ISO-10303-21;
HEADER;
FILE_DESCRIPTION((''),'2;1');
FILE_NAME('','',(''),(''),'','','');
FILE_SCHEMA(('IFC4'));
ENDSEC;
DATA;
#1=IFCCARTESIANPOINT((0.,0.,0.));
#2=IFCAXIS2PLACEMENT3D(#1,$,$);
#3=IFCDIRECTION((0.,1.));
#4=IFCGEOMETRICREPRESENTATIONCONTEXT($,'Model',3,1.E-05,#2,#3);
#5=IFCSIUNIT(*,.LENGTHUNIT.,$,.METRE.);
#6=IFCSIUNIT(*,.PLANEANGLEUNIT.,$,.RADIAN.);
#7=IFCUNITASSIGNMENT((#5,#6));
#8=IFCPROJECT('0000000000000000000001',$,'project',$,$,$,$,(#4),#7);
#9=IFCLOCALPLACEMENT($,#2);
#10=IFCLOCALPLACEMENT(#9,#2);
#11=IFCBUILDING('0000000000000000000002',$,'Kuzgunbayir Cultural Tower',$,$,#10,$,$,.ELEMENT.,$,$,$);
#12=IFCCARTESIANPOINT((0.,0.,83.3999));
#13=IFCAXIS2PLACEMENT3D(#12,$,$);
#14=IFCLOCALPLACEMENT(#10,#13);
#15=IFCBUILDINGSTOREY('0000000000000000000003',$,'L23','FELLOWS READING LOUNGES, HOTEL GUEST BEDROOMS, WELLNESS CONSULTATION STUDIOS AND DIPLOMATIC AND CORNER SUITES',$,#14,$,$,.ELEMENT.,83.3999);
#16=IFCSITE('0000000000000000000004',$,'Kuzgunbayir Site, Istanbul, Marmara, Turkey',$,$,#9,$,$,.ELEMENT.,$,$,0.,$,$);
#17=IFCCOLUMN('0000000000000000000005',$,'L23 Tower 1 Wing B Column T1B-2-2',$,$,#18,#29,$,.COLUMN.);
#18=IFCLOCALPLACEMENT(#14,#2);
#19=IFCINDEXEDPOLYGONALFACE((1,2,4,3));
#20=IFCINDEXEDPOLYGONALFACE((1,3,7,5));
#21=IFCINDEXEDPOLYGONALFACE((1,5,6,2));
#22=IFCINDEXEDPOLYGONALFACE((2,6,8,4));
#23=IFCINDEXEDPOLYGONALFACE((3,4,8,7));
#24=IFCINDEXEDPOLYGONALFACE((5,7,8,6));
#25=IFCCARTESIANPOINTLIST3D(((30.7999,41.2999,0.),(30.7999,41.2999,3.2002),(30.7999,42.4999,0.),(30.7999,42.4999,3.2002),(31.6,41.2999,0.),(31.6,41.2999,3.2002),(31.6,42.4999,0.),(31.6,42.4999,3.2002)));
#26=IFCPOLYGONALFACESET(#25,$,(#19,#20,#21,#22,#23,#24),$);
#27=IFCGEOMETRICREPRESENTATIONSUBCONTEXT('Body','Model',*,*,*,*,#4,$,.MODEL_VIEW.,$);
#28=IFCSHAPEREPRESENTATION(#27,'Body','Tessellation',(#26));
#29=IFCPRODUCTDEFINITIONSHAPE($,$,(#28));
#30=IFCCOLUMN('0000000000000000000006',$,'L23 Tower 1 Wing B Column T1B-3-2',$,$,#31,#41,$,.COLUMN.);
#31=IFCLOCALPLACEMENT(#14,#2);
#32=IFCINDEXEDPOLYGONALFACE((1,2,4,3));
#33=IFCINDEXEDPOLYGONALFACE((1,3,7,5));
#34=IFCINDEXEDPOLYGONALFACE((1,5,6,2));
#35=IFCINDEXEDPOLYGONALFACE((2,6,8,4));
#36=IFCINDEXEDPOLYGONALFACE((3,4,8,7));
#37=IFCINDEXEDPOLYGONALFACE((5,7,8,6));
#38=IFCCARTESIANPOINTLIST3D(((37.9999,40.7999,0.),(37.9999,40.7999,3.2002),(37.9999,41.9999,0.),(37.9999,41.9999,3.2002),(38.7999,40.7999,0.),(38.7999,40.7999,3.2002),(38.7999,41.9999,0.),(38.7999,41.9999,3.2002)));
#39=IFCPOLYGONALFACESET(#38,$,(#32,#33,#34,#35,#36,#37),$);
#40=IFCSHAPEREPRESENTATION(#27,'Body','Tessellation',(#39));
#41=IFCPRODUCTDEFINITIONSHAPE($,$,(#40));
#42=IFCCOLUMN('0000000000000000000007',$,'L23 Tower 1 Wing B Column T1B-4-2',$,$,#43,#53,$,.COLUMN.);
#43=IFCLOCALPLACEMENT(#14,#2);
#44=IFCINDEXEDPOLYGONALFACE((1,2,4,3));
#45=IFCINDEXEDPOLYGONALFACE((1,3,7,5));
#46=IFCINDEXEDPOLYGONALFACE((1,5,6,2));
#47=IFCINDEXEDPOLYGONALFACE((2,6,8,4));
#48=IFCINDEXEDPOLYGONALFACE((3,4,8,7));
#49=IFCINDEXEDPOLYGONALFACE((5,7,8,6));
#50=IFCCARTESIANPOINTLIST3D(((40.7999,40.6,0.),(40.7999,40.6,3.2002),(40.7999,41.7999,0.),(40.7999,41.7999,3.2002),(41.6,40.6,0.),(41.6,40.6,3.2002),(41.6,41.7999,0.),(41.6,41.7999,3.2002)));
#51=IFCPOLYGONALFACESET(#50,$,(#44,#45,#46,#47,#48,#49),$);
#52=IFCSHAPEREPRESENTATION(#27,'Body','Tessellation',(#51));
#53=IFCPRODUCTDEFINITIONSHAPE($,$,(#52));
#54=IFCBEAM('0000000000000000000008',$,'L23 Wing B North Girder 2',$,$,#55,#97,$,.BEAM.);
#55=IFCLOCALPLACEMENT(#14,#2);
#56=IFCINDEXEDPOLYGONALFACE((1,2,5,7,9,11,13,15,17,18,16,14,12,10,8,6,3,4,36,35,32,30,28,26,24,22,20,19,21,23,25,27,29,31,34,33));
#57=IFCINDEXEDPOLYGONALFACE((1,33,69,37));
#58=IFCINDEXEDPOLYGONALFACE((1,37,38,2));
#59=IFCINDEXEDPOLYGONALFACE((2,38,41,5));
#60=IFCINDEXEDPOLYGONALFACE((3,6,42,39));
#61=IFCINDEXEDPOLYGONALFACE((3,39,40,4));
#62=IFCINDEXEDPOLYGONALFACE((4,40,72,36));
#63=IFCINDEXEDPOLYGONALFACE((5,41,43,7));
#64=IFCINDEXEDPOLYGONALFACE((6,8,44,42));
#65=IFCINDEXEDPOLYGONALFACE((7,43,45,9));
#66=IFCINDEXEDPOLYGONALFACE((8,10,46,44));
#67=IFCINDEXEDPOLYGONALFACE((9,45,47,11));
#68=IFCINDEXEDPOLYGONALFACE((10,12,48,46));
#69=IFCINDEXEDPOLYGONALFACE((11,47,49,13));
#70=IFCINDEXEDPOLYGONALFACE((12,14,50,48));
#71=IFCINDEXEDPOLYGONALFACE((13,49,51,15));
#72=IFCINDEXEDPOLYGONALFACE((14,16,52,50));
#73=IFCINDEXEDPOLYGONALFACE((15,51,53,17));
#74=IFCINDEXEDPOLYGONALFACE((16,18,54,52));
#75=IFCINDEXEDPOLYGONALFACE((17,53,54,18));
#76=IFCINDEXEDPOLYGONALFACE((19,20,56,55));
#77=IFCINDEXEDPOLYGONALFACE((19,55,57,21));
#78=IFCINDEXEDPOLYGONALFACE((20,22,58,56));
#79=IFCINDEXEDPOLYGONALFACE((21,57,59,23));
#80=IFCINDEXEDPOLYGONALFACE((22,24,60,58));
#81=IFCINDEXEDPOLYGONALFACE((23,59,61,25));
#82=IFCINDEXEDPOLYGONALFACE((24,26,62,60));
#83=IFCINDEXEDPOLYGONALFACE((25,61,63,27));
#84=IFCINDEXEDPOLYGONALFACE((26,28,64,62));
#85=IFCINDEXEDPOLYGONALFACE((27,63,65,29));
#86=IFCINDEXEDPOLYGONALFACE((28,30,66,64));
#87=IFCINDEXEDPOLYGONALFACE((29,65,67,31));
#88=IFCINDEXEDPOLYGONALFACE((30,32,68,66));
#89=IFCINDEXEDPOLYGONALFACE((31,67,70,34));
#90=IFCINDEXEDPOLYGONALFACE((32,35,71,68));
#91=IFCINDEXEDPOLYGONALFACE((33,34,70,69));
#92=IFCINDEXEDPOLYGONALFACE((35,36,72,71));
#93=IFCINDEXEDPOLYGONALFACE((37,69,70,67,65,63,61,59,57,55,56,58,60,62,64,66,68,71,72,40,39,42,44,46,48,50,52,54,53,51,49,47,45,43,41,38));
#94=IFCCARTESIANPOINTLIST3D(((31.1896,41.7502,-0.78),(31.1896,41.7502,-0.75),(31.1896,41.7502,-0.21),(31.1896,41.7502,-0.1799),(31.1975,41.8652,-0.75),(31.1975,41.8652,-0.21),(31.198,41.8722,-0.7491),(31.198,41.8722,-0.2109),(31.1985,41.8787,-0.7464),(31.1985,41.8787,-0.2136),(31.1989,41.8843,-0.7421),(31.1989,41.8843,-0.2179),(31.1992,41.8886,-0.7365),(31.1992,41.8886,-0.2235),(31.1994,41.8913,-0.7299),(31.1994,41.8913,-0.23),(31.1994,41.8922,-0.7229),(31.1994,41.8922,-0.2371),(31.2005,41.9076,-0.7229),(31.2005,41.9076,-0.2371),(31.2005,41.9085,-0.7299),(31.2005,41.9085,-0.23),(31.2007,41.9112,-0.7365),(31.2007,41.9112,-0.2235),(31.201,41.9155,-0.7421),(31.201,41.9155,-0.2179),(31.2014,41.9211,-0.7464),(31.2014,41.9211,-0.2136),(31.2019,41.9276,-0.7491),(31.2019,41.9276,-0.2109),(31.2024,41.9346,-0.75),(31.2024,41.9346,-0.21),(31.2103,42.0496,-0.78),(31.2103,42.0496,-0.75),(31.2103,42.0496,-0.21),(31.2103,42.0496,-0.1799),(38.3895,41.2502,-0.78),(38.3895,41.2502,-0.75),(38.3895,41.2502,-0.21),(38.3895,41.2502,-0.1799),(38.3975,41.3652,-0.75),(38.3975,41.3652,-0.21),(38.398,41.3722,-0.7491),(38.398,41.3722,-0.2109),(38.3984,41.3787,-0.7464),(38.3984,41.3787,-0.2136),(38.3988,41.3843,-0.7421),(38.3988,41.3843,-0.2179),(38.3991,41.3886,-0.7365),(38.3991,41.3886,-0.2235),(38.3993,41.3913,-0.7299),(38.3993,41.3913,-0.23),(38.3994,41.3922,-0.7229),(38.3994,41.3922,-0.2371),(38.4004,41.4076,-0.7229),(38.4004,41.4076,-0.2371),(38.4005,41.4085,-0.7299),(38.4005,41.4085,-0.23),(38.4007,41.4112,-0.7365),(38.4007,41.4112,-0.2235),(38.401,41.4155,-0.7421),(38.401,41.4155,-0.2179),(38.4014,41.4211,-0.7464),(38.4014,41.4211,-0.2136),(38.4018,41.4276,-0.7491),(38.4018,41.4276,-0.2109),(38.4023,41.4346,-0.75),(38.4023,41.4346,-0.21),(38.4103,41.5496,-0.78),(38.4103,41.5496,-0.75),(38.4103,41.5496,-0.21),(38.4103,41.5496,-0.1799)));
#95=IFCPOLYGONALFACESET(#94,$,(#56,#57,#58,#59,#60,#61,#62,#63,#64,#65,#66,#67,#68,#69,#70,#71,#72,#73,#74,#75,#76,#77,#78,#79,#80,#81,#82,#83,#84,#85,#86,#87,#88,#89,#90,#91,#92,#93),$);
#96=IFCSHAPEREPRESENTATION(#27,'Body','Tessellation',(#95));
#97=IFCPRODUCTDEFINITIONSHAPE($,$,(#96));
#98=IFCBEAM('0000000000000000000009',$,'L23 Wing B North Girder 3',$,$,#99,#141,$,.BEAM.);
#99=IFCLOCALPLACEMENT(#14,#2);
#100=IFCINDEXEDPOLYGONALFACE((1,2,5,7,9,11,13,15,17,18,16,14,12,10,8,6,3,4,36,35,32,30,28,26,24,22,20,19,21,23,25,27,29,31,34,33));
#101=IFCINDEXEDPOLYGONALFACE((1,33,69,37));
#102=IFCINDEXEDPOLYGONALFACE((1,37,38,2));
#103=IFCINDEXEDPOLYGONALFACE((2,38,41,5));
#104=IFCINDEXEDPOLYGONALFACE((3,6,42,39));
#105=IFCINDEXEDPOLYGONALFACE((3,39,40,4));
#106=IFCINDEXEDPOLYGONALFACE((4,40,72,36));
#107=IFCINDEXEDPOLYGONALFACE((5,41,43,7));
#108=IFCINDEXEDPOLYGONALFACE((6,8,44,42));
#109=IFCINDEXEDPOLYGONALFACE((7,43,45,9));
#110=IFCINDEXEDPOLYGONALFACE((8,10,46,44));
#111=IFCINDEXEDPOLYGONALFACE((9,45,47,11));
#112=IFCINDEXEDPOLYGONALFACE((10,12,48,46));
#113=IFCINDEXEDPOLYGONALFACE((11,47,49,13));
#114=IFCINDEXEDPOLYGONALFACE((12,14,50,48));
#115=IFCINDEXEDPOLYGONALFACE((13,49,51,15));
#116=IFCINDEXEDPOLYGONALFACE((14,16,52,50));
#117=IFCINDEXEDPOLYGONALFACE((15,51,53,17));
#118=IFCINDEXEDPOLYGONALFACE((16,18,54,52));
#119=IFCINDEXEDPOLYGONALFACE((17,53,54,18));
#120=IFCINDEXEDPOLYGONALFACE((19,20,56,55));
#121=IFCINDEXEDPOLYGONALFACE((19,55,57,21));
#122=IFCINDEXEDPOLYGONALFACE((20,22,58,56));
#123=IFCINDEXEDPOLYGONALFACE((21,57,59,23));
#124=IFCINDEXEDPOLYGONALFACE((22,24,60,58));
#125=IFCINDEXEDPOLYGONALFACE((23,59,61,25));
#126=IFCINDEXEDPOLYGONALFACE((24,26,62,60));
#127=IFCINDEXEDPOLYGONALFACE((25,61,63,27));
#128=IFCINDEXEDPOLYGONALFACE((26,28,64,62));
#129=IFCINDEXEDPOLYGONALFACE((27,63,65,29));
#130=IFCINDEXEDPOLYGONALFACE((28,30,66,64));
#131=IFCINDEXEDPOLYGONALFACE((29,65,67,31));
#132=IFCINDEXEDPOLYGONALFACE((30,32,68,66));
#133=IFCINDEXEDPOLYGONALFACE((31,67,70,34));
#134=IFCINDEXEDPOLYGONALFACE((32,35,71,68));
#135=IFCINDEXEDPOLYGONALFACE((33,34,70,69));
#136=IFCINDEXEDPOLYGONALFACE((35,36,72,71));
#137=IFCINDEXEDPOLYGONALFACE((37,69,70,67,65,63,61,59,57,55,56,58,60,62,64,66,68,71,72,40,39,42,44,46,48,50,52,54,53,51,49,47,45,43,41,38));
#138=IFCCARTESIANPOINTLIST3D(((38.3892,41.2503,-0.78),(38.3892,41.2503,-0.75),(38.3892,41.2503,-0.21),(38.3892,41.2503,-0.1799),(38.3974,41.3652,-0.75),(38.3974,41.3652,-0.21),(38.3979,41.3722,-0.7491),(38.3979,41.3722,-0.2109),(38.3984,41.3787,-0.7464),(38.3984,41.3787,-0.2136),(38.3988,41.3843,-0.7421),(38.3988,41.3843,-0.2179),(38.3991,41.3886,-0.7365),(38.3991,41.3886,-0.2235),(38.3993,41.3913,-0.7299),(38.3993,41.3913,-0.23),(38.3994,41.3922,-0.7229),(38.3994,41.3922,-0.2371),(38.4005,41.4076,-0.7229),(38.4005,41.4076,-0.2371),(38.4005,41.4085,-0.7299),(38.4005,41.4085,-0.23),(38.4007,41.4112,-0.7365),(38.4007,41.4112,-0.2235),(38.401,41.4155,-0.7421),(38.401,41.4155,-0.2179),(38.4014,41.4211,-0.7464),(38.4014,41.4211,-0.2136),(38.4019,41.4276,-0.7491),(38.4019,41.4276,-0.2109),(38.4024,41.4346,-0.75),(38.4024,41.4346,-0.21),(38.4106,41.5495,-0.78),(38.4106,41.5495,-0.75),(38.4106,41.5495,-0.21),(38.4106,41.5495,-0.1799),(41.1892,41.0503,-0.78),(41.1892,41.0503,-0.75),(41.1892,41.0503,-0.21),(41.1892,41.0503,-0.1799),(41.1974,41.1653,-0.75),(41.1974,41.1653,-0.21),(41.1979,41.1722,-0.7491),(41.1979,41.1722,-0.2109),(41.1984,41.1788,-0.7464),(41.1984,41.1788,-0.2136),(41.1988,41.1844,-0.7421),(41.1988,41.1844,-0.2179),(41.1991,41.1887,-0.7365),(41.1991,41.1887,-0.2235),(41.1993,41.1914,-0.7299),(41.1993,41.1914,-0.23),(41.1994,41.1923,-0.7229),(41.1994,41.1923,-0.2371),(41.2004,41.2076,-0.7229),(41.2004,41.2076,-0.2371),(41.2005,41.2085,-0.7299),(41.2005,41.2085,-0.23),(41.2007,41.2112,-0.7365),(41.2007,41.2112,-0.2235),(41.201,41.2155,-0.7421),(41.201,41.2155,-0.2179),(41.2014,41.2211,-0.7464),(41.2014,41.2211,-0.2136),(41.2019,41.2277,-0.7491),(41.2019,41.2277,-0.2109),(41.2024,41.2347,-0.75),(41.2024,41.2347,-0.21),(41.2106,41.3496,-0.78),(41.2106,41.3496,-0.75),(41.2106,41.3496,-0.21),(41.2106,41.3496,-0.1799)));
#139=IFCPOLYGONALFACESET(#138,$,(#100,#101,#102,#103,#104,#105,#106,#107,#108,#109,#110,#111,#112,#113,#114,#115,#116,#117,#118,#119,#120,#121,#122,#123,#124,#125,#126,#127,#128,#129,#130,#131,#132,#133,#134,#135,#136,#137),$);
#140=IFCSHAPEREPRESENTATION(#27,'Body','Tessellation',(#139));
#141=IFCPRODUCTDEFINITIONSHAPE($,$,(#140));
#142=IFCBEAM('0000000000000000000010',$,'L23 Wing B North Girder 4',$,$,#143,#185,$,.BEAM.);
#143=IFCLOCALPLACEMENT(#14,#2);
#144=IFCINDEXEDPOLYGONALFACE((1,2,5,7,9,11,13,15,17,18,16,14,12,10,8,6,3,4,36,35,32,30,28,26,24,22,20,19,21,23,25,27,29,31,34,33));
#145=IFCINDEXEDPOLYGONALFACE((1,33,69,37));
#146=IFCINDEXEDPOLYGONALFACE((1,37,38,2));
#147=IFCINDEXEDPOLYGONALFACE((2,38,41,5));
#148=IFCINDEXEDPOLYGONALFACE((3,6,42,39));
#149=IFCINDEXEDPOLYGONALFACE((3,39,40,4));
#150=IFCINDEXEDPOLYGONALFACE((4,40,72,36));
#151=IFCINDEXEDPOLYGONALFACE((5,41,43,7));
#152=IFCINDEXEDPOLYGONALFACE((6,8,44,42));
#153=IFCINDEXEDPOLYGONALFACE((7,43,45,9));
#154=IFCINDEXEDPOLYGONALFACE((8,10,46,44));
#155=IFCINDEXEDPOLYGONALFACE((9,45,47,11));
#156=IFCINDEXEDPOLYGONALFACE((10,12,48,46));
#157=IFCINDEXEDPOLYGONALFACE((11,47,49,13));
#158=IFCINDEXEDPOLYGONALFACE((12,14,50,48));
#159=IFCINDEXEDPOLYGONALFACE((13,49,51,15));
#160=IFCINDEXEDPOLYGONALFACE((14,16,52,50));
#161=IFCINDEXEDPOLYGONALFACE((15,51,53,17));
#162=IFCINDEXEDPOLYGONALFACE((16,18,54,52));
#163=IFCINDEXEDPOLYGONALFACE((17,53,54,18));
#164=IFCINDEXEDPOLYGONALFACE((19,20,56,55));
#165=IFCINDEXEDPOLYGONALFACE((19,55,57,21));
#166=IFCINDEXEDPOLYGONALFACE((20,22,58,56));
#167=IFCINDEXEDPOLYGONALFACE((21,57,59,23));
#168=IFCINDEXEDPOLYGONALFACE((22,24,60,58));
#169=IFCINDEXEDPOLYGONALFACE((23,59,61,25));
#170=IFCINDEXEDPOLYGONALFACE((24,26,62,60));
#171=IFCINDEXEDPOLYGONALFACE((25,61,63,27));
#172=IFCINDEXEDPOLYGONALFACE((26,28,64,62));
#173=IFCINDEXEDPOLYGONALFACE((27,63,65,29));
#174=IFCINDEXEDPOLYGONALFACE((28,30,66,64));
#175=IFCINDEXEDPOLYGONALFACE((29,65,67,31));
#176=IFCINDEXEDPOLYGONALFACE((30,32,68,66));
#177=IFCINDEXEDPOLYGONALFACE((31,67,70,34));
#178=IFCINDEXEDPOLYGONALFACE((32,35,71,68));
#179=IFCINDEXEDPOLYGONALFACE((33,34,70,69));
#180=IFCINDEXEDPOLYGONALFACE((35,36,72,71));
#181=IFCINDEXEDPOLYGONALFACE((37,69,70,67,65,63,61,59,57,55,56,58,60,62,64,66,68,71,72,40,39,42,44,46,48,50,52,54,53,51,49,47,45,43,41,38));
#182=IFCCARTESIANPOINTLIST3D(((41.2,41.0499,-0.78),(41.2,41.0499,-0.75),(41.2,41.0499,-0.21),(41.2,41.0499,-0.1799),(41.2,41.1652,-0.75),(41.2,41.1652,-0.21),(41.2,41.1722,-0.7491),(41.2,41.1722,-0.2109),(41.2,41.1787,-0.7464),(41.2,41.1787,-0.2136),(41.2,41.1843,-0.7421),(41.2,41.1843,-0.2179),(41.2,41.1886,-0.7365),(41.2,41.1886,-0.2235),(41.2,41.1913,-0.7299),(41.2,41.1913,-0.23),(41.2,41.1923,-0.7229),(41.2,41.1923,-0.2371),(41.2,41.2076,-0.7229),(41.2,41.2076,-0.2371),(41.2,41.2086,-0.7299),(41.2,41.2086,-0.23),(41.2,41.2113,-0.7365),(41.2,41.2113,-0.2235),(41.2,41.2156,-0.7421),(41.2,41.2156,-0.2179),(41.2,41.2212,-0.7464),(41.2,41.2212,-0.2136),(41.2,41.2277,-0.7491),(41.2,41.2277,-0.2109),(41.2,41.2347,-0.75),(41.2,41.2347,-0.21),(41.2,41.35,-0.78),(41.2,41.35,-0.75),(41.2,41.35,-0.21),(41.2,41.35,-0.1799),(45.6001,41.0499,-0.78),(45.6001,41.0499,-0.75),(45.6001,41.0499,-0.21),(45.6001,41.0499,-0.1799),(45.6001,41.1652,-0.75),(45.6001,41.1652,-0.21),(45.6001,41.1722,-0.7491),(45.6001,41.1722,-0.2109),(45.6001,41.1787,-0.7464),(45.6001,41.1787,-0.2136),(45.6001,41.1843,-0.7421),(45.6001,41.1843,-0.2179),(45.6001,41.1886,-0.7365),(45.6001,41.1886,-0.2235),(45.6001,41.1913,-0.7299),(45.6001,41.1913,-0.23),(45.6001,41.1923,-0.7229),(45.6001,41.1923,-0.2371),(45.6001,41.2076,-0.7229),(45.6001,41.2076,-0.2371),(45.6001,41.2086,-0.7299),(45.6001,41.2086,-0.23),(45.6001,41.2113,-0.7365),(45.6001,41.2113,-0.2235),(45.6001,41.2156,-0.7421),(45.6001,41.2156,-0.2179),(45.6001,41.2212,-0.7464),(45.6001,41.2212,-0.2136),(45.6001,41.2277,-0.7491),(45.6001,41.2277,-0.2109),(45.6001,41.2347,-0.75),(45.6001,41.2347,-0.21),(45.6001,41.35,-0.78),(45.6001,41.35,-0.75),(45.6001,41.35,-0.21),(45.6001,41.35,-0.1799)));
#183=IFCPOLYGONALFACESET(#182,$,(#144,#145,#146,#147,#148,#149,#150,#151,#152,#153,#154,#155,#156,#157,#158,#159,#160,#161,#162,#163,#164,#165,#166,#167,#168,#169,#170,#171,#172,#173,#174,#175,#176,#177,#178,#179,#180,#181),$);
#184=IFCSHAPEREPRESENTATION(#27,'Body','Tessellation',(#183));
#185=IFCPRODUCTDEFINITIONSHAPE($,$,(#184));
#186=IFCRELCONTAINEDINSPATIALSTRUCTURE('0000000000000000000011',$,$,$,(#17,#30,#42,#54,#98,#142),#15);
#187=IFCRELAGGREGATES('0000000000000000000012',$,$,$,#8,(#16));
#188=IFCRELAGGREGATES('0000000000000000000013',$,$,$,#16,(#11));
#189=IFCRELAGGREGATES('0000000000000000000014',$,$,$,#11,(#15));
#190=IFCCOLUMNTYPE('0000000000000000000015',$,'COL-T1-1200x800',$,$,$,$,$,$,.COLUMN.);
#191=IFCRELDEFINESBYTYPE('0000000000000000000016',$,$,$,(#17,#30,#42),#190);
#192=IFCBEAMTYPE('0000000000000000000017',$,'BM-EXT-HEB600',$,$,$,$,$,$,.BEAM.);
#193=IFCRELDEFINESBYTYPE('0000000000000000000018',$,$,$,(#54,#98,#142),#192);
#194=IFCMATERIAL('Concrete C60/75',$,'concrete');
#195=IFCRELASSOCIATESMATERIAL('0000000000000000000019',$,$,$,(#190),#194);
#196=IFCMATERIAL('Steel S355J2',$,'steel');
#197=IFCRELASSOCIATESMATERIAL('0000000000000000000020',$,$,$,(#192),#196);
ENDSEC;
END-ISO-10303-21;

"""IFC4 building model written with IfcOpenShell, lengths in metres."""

from ifc_helpers import new_model, si_unit, direction, frame, origin, origin_2d, place, context, subcontext, project, spatial, rectangle, i_section, extrude, material, material_profile, profile_set, type_object, element, save


model = new_model("IFC4")

# Units and contexts
model_context = context("Model", 3, precision=1e-05, world=origin(), true_north=direction((0.0, 1.0)))
body_context = subcontext(model_context, "Body", "Model", "MODEL_VIEW")
ifc_project = project(units=[si_unit("LENGTHUNIT", "METRE"), si_unit("PLANEANGLEUNIT", "RADIAN")], contexts=[model_context])

# Site, building, storey
site_placement = place(None, origin())
site = spatial("IfcSite", under=ifc_project, at=site_placement, Name="Kuzgunbayir Site, Istanbul, Marmara, Turkey", CompositionType="ELEMENT", RefElevation=0.0)
building_placement = place(site_placement, origin())
building = spatial("IfcBuilding", under=site, at=building_placement, Name="Kuzgunbayir Cultural Tower", CompositionType="ELEMENT")
storey_placement = place(building_placement, frame((0.0, 0.0, 83.3999)))
storey = spatial("IfcBuildingStorey", under=building, at=storey_placement, Name="L23", Description="FELLOWS READING LOUNGES, HOTEL GUEST BEDROOMS, WELLNESS CONSULTATION STUDIOS AND DIPLOMATIC AND CORNER SUITES", CompositionType="ELEMENT", Elevation=83.3999)

# Columns
ifc_material_1 = material(Name="Concrete C60/75", Category="concrete")
ifc_material_profile_1 = material_profile(ifc_material_1, rectangle(XDim=0.8, YDim=1.2, at=origin_2d()), Name="RC 1200x800")
ifc_profile_set_1 = profile_set([ifc_material_profile_1], Name="Concrete C60/75")
column_type = type_object("IfcColumnType", Name="COL-T1-1200x800", PredefinedType="COLUMN", material=ifc_profile_set_1)
for number, where, z_axis, x_axis, name in (
    (1, (31.2, 41.8999, 0.0), (0.0, 0.0, 1.0), (1.0, 0.0, 0.0), "L23 Tower 1 Wing B Column T1B-2-2"),
    (2, (38.3999, 41.3999, 0.0), (0.0, 0.0, 1.0), (1.0, 0.0, 0.0), "L23 Tower 1 Wing B Column T1B-3-2"),
    (3, (41.2, 41.2, 0.0), (0.0, 0.0, 1.0), (1.0, 0.0, 0.0), "L23 Tower 1 Wing B Column T1B-4-2"),
):
    element("IfcColumn", number, at=place(storey_placement, frame(where, z_axis=z_axis, x_axis=x_axis)), inside=storey, type_object=column_type, Name=name, PredefinedType="COLUMN", context=body_context, shape_type="SweptSolid", body=[
        extrude(rectangle(XDim=0.8, YDim=1.2, at=origin_2d()), origin(), (0.0, 0.0, 1.0), 3.2002),
    ])

# Beams
ifc_material_2 = material(Name="Steel S355J2", Category="steel")
ifc_material_profile_2 = material_profile(ifc_material_2, i_section(OverallWidth=0.3, OverallDepth=0.6001, WebThickness=0.0154, FlangeThickness=0.03, FilletRadius=0.0271, at=origin_2d()), Name="HEB 600")
ifc_profile_set_2 = profile_set([ifc_material_profile_2], Name="Steel S355J2")
beam_type_1 = type_object("IfcBeamType", Name="BM-EXT-HEB600", PredefinedType="BEAM", material=ifc_profile_set_2)
beam_1_placement = place(storey_placement, frame((31.2, 41.8999, -0.48), z_axis=(0.997597, -0.069278, 0.0), x_axis=(0.069278, 0.997597, 0.0)))
element("IfcBeam", 4, at=beam_1_placement, inside=storey, type_object=beam_type_1, Name="L23 Wing B North Girder 2", PredefinedType="BEAM", context=body_context, shape_type="SweptSolid", body=[
    extrude(i_section(OverallWidth=0.3, OverallDepth=0.6001, WebThickness=0.0154, FlangeThickness=0.03, FilletRadius=0.0271, at=origin_2d()), origin(), (0.0, 0.0, 1.0), 7.2173),
])
beam_2_placement = place(storey_placement, frame((38.3999, 41.3999, -0.48), z_axis=(0.99746, -0.071229, 0.0), x_axis=(0.071229, 0.99746, 0.0)))
element("IfcBeam", 5, at=beam_2_placement, inside=storey, type_object=beam_type_1, Name="L23 Wing B North Girder 3", PredefinedType="BEAM", context=body_context, shape_type="SweptSolid", body=[
    extrude(i_section(OverallWidth=0.3, OverallDepth=0.6001, WebThickness=0.0154, FlangeThickness=0.03, FilletRadius=0.0271, at=origin_2d()), origin(), (0.0, 0.0, 1.0), 2.8071),
])
beam_3_placement = place(storey_placement, frame((41.2, 41.2, -0.48), z_axis=(1.0, 0.0, 0.0), x_axis=(0.0, 1.0, 0.0)))
element("IfcBeam", 6, at=beam_3_placement, inside=storey, type_object=beam_type_1, Name="L23 Wing B North Girder 4", PredefinedType="BEAM", context=body_context, shape_type="SweptSolid", body=[
    extrude(i_section(OverallWidth=0.3, OverallDepth=0.6001, WebThickness=0.0154, FlangeThickness=0.03, FilletRadius=0.0271, at=origin_2d()), origin(), (0.0, 0.0, 1.0), 4.4001),
])

save(model, "model.ifc")
